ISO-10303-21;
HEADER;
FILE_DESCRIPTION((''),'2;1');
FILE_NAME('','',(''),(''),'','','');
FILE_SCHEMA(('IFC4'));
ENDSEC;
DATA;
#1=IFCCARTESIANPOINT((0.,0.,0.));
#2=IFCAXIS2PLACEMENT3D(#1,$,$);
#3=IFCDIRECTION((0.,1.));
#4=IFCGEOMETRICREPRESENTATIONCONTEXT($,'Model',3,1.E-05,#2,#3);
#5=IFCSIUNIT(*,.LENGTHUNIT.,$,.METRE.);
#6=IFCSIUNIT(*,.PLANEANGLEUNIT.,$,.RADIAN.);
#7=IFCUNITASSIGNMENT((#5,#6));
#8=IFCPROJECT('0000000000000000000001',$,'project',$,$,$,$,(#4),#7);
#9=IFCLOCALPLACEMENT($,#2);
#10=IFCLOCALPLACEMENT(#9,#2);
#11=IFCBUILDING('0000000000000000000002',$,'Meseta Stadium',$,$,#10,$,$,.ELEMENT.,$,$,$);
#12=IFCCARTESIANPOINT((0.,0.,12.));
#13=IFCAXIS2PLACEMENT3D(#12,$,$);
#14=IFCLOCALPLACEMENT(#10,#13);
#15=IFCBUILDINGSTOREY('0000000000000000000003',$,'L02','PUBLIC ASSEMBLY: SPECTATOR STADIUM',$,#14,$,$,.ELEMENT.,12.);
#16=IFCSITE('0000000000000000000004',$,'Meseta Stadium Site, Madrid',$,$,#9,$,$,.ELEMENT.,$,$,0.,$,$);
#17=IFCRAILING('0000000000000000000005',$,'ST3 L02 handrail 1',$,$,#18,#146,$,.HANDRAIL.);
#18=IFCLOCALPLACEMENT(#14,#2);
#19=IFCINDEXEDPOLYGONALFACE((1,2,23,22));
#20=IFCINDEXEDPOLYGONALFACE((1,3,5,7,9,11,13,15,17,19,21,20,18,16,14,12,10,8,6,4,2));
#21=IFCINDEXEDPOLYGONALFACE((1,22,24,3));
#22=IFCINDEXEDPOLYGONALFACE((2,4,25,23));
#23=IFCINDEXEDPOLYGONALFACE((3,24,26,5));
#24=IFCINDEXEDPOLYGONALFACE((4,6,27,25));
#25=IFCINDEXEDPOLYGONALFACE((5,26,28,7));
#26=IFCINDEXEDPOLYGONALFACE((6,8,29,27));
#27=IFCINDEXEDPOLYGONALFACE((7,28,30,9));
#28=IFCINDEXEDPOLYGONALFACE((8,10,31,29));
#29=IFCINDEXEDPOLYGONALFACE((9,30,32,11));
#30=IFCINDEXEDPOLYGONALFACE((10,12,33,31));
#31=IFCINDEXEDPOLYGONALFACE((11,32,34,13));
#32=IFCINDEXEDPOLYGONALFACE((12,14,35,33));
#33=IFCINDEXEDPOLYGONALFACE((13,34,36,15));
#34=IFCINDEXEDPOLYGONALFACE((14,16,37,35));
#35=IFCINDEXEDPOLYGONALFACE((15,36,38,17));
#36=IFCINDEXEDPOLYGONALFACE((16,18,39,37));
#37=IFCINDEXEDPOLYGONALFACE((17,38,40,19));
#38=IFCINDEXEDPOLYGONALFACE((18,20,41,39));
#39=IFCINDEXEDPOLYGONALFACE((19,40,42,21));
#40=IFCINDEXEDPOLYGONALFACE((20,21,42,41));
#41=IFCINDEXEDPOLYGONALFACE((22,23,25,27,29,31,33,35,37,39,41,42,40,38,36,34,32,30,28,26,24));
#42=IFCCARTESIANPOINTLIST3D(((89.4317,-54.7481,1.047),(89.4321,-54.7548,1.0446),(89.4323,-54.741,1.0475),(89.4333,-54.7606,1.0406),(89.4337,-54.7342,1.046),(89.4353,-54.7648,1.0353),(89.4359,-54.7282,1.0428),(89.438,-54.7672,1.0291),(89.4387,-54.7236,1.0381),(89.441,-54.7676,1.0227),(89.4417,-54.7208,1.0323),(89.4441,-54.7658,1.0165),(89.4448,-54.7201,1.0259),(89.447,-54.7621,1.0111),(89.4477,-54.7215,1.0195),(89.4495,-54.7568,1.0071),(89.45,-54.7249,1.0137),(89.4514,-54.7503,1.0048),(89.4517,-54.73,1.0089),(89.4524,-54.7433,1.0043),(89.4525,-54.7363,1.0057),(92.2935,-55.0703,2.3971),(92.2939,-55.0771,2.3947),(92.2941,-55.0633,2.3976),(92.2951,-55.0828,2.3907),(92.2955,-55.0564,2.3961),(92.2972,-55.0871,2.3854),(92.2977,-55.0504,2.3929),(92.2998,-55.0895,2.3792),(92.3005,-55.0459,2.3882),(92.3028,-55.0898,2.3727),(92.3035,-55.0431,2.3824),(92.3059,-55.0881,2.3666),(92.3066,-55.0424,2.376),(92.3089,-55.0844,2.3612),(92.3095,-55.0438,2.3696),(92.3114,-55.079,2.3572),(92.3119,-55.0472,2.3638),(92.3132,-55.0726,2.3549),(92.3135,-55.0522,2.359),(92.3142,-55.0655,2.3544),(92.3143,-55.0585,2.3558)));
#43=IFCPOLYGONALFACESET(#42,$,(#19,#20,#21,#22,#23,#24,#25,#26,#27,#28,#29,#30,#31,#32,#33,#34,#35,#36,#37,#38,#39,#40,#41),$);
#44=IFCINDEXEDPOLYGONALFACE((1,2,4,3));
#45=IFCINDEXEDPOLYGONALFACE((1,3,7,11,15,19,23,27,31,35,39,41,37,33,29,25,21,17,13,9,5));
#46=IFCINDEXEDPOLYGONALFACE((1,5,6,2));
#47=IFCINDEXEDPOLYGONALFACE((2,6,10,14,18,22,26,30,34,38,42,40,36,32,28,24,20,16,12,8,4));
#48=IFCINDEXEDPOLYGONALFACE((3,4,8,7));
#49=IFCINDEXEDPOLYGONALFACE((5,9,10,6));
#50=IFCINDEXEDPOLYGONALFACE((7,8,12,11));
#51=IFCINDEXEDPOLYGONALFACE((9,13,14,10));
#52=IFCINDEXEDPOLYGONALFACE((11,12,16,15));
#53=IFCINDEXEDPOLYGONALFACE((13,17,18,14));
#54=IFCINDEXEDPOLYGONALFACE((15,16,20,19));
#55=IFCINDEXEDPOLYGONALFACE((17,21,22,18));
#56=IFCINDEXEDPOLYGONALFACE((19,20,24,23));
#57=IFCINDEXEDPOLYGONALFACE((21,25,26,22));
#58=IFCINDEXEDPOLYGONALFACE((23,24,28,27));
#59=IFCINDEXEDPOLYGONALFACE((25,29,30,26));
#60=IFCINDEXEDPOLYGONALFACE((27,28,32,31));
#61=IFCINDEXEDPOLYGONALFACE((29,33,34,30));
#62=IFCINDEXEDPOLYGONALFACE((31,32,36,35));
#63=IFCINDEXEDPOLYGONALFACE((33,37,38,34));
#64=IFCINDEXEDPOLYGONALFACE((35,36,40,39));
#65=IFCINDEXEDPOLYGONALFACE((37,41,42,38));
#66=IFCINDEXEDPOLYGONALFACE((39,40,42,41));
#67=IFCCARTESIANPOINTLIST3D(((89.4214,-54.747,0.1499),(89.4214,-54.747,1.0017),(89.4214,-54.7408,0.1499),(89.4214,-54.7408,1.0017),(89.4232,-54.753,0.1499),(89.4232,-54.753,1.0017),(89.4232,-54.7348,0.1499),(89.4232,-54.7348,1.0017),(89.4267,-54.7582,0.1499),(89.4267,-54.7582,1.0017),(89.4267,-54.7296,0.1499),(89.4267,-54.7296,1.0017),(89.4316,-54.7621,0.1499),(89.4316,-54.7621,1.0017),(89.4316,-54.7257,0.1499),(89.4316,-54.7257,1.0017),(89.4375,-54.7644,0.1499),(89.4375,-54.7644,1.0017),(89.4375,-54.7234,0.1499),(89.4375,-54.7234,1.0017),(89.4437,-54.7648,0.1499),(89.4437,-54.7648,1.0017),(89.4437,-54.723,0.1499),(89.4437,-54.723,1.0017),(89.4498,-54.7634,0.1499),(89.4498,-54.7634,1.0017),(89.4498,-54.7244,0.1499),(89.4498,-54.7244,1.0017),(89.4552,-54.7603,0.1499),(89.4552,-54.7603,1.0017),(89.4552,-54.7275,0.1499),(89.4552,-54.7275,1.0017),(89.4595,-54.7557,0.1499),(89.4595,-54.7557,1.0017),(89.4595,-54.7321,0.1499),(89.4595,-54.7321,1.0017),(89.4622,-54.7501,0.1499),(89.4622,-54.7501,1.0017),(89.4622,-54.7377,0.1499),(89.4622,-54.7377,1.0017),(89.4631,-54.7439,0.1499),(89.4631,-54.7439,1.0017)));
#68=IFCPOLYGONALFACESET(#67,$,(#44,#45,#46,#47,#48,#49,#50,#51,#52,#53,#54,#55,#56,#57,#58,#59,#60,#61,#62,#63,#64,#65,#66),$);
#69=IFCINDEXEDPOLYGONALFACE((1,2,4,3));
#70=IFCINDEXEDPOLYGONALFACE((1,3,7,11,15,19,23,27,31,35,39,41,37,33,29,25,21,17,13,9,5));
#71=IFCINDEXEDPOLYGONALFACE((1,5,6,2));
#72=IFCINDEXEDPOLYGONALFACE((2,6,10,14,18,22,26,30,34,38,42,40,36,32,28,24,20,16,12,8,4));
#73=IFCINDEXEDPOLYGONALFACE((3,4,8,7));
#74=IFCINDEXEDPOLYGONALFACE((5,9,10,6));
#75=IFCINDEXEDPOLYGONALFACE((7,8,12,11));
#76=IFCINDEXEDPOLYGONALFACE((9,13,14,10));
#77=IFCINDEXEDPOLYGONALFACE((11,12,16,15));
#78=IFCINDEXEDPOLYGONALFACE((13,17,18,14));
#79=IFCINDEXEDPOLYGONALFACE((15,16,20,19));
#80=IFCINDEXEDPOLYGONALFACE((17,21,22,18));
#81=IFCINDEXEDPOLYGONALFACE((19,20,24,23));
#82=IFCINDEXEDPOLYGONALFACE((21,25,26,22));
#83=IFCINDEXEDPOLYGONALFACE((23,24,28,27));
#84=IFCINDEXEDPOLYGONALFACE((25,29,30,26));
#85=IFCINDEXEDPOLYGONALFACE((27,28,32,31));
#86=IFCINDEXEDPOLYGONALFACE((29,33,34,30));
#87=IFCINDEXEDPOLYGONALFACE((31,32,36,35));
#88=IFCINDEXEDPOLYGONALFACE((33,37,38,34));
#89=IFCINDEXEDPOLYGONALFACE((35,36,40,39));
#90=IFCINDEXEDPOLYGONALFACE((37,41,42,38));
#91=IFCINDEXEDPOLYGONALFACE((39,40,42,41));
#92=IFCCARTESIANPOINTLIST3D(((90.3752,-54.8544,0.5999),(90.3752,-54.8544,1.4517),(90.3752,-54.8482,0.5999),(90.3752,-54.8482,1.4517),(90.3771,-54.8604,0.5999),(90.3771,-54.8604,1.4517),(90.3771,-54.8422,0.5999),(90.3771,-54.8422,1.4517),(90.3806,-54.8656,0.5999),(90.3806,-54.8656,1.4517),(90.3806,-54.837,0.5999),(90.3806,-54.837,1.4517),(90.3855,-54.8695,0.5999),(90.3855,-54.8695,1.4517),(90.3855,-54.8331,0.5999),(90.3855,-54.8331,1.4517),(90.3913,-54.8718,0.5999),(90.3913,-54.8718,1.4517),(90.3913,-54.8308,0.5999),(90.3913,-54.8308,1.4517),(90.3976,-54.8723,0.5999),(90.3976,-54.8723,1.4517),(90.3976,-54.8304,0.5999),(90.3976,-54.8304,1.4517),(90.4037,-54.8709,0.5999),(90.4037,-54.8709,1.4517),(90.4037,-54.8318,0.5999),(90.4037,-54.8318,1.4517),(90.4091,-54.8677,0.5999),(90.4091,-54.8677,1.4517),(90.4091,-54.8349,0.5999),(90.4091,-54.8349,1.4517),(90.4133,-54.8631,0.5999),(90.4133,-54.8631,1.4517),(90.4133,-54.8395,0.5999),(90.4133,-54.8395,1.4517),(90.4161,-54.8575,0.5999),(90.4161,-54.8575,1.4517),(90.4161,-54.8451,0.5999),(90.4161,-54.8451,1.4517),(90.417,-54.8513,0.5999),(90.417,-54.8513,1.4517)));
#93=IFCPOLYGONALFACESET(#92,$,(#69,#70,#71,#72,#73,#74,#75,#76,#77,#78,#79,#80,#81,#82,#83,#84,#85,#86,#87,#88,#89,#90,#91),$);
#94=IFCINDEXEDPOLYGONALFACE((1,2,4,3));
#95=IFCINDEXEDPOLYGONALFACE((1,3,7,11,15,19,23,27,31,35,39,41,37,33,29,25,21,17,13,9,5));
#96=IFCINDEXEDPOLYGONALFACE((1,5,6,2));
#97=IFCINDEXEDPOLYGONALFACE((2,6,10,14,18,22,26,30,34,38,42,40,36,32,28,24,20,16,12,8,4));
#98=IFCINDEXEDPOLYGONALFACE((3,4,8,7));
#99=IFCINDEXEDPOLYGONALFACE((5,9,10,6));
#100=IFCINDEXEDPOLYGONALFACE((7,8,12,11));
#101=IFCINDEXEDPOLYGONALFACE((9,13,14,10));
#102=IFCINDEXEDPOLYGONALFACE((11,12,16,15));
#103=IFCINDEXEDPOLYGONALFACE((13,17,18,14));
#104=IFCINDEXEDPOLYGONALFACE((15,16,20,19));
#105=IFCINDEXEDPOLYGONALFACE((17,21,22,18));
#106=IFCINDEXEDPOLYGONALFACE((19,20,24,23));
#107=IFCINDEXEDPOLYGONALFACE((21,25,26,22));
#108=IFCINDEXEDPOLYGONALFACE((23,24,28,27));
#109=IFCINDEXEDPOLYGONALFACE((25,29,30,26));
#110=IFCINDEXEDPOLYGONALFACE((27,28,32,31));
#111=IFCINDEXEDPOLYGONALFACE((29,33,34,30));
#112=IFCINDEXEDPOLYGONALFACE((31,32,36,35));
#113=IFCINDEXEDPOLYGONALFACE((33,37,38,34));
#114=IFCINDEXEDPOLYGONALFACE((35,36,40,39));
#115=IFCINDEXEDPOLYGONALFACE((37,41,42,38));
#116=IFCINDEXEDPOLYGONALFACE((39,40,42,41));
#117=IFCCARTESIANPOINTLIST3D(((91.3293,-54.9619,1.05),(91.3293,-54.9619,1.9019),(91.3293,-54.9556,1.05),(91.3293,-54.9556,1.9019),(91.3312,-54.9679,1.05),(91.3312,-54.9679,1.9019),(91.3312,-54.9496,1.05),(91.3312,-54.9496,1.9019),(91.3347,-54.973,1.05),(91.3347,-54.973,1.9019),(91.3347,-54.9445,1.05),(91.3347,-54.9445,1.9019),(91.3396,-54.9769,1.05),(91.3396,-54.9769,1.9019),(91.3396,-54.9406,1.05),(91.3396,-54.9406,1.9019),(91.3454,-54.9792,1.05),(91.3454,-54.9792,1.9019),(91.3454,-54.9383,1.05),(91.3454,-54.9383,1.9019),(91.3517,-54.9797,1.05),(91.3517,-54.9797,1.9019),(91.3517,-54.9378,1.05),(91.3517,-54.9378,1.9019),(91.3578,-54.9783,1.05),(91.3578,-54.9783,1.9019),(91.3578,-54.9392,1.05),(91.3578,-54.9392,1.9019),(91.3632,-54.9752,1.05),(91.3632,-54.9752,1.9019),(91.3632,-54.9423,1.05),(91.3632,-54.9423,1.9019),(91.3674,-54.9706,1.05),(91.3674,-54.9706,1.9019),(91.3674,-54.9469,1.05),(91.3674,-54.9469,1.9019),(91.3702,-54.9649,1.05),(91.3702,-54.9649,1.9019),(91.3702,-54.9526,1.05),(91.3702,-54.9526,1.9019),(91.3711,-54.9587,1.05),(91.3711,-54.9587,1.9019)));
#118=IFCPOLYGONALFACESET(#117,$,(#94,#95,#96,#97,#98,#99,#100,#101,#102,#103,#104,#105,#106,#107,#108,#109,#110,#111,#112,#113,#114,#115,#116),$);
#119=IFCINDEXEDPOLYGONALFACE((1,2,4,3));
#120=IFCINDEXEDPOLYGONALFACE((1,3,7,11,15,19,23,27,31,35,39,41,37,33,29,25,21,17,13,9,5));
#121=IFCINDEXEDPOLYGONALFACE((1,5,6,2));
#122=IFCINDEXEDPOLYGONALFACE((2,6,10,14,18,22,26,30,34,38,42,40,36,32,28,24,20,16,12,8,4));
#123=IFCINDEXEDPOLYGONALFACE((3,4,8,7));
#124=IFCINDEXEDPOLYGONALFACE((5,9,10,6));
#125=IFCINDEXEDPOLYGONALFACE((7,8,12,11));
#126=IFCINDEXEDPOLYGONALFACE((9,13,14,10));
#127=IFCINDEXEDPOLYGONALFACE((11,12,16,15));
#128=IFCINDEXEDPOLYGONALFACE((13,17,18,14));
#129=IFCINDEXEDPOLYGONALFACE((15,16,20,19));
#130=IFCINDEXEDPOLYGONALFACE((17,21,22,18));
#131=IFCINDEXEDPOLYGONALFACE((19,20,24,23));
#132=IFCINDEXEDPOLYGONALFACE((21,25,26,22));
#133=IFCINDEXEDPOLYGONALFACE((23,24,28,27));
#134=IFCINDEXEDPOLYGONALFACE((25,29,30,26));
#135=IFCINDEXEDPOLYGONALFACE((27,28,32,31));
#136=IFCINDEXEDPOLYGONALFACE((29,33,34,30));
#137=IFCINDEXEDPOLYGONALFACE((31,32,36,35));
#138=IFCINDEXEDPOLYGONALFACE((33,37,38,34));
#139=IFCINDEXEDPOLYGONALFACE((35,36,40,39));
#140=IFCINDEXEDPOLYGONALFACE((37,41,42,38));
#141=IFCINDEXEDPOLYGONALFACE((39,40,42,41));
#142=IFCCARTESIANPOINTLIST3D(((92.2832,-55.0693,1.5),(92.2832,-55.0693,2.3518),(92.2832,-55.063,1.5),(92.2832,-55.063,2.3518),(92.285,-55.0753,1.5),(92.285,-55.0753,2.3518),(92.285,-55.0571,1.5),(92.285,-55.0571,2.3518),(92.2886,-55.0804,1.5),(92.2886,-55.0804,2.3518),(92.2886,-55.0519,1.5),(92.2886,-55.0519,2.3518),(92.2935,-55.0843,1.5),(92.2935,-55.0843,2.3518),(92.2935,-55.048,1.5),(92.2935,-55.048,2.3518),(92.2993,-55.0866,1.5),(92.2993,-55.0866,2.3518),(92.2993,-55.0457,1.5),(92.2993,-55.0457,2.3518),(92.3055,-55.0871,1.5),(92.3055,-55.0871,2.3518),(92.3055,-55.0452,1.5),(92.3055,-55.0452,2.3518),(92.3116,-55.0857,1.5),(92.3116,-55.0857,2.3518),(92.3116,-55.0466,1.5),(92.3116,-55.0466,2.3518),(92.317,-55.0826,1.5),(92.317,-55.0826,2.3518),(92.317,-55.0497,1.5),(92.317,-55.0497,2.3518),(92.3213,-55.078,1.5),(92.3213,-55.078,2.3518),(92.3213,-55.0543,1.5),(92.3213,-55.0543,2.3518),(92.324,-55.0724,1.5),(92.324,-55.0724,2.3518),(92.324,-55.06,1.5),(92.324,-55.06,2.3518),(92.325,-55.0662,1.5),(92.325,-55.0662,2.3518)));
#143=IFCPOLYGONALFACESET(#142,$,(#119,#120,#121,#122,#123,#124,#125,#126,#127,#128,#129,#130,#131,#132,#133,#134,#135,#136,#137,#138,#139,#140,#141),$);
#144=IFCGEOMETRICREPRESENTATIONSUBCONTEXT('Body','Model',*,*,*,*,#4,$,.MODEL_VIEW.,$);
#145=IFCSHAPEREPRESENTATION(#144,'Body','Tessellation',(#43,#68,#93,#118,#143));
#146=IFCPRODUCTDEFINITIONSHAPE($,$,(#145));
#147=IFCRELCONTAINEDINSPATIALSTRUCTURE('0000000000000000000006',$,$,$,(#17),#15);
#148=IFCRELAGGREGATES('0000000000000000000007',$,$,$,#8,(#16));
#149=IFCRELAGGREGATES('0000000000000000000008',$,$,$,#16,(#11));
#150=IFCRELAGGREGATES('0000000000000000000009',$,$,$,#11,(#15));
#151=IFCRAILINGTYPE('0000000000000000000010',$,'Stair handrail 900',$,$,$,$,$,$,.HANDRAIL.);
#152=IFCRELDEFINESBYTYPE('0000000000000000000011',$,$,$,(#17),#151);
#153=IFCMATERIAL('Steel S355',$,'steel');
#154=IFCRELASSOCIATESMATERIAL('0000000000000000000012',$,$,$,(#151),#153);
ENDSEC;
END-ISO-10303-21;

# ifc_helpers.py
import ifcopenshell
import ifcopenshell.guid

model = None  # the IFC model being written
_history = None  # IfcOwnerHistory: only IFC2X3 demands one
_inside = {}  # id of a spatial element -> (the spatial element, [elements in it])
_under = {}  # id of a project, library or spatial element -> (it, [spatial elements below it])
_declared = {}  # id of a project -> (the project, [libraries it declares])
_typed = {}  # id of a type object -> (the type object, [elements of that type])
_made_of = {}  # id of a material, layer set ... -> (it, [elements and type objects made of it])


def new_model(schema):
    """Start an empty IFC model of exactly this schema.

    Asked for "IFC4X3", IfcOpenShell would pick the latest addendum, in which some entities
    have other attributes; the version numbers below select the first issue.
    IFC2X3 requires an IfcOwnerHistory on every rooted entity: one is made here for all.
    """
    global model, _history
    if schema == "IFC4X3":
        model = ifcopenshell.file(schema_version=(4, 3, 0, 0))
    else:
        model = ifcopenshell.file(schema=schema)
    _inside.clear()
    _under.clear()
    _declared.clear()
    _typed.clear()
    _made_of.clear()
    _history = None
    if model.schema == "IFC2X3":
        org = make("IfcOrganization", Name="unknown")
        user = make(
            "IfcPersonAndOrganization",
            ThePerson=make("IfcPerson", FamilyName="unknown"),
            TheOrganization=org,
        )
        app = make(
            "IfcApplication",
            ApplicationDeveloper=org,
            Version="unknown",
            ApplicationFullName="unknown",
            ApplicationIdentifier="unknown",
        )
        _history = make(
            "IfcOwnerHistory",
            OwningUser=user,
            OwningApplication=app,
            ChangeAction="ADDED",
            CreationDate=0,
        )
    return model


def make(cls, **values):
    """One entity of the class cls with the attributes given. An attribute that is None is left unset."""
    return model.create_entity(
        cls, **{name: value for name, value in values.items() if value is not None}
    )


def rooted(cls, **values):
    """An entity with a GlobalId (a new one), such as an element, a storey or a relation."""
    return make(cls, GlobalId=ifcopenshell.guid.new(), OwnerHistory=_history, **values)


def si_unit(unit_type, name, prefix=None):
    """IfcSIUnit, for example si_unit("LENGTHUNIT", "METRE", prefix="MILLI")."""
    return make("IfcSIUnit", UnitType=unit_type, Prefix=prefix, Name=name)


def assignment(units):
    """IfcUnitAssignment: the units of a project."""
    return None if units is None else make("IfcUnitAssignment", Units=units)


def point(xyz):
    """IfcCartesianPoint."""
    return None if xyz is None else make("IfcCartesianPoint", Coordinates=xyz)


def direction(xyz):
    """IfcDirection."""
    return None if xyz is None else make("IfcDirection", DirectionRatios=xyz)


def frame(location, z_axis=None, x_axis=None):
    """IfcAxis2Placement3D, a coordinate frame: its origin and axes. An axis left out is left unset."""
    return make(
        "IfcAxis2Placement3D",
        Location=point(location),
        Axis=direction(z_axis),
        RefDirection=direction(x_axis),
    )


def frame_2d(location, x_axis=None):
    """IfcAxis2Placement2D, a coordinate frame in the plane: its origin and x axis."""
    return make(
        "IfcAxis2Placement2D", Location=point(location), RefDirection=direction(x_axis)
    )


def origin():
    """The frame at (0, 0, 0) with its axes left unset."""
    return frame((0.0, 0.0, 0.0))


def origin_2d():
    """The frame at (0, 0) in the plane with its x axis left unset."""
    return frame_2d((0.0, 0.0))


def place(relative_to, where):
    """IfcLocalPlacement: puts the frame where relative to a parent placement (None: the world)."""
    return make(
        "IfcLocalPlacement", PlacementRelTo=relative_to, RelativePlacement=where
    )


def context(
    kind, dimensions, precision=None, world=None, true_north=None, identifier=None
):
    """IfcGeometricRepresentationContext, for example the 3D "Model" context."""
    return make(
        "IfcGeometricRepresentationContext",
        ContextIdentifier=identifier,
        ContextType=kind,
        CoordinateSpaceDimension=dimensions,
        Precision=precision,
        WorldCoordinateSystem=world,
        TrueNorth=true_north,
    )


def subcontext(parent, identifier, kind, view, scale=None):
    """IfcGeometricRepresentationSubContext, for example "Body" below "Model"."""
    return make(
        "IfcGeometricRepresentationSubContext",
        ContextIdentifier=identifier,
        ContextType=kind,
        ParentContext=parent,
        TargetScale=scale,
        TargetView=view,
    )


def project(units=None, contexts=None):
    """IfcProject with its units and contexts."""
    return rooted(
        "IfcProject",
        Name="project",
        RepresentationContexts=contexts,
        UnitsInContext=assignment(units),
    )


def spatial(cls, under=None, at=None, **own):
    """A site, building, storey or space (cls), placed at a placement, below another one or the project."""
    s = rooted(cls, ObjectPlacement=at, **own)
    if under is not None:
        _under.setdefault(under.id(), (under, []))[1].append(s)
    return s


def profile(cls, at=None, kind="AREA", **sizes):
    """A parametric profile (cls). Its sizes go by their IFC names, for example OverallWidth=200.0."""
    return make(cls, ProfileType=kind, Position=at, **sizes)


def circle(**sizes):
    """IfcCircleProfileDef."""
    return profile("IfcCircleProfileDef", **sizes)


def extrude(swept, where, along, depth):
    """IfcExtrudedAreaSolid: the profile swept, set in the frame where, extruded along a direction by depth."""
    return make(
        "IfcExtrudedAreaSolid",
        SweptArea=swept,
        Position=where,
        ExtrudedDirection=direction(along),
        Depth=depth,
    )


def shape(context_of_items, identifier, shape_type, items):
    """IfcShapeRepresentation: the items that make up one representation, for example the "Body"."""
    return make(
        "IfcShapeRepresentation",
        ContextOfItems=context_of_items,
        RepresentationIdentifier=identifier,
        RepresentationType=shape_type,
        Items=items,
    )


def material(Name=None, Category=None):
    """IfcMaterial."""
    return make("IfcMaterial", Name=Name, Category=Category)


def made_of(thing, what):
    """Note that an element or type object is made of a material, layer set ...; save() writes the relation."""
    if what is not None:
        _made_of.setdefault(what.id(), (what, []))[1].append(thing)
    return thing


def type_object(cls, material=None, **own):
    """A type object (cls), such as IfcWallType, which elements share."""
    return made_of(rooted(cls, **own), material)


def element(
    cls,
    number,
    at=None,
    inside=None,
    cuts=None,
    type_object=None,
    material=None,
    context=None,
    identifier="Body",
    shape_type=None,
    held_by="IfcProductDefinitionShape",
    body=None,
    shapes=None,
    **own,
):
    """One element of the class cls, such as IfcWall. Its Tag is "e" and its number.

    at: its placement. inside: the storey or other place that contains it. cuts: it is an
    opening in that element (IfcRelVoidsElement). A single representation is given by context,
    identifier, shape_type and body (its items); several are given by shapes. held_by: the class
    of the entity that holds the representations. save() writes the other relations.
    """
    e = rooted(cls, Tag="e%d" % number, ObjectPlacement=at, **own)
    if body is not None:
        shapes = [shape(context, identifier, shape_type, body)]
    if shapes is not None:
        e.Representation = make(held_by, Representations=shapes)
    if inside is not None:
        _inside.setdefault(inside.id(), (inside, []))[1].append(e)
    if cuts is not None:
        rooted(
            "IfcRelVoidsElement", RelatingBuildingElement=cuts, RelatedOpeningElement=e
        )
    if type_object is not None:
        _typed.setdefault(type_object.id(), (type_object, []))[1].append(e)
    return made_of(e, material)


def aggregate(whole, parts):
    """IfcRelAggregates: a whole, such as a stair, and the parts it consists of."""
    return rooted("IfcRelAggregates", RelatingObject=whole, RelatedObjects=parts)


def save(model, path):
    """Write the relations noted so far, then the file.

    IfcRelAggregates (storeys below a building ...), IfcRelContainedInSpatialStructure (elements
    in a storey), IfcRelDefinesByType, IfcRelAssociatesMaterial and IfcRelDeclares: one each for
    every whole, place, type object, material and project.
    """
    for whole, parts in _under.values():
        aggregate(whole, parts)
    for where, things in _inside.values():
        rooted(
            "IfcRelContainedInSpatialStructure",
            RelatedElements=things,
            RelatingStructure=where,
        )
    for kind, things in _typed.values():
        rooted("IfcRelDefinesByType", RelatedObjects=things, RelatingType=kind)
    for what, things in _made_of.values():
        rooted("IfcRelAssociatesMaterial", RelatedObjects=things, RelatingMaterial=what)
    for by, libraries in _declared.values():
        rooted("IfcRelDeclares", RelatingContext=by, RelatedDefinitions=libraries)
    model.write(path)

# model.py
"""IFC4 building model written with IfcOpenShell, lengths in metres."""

from ifc_helpers import new_model, si_unit, direction, frame, origin, origin_2d, place, context, subcontext, project, spatial, circle, extrude, material, type_object, element, save


model = new_model("IFC4")

# Units and contexts
model_context = context("Model", 3, precision=1e-05, world=origin(), true_north=direction((0.0, 1.0)))
body_context = subcontext(model_context, "Body", "Model", "MODEL_VIEW")
ifc_project = project(units=[si_unit("LENGTHUNIT", "METRE"), si_unit("PLANEANGLEUNIT", "RADIAN")], contexts=[model_context])

# Site, building, storey
site_placement = place(None, origin())
site = spatial("IfcSite", under=ifc_project, at=site_placement, Name="Meseta Stadium Site, Madrid", CompositionType="ELEMENT", RefElevation=0.0)
building_placement = place(site_placement, origin())
building = spatial("IfcBuilding", under=site, at=building_placement, Name="Meseta Stadium", CompositionType="ELEMENT")
storey_placement = place(building_placement, frame((0.0, 0.0, 12.0)))
storey = spatial("IfcBuildingStorey", under=building, at=storey_placement, Name="L02", Description="PUBLIC ASSEMBLY: SPECTATOR STADIUM", CompositionType="ELEMENT", Elevation=12.0)

# Railing
ifc_material_1 = material(Name="Steel S355", Category="steel")
railing_type_1 = type_object("IfcRailingType", Name="Stair handrail 900", PredefinedType="HANDRAIL", material=ifc_material_1)
for number, where, name in (
    (1, (89.4421, -54.7439, 0.1499), "ST3 L02 handrail 1"),
):
    element("IfcRailing", number, at=place(storey_placement, frame(where)), inside=storey, type_object=railing_type_1, Name=name, PredefinedType="HANDRAIL", context=body_context, shape_type="SweptSolid", body=[
        extrude(circle(Radius=0.0239, at=origin_2d()), frame((0.0, 0.0, 0.876), z_axis=(0.899755, -0.10132, 0.424471), x_axis=(0.111902, 0.993719, 0.0)), (0.0, 0.0, 1.0), 3.1807),
        extrude(circle(Radius=0.021, at=origin_2d()), origin(), (0.0, 0.0, 1.0), 0.8518),
        extrude(circle(Radius=0.021, at=origin_2d()), frame((0.9539, -0.1074, 0.45)), (0.0, 0.0, 1.0), 0.8518),
        extrude(circle(Radius=0.021, at=origin_2d()), frame((1.908, -0.2148, 0.9001)), (0.0, 0.0, 1.0), 0.8518),
        extrude(circle(Radius=0.021, at=origin_2d()), frame((2.8618, -0.3223, 1.3501)), (0.0, 0.0, 1.0), 0.8518),
    ])

save(model, "model.ifc")
